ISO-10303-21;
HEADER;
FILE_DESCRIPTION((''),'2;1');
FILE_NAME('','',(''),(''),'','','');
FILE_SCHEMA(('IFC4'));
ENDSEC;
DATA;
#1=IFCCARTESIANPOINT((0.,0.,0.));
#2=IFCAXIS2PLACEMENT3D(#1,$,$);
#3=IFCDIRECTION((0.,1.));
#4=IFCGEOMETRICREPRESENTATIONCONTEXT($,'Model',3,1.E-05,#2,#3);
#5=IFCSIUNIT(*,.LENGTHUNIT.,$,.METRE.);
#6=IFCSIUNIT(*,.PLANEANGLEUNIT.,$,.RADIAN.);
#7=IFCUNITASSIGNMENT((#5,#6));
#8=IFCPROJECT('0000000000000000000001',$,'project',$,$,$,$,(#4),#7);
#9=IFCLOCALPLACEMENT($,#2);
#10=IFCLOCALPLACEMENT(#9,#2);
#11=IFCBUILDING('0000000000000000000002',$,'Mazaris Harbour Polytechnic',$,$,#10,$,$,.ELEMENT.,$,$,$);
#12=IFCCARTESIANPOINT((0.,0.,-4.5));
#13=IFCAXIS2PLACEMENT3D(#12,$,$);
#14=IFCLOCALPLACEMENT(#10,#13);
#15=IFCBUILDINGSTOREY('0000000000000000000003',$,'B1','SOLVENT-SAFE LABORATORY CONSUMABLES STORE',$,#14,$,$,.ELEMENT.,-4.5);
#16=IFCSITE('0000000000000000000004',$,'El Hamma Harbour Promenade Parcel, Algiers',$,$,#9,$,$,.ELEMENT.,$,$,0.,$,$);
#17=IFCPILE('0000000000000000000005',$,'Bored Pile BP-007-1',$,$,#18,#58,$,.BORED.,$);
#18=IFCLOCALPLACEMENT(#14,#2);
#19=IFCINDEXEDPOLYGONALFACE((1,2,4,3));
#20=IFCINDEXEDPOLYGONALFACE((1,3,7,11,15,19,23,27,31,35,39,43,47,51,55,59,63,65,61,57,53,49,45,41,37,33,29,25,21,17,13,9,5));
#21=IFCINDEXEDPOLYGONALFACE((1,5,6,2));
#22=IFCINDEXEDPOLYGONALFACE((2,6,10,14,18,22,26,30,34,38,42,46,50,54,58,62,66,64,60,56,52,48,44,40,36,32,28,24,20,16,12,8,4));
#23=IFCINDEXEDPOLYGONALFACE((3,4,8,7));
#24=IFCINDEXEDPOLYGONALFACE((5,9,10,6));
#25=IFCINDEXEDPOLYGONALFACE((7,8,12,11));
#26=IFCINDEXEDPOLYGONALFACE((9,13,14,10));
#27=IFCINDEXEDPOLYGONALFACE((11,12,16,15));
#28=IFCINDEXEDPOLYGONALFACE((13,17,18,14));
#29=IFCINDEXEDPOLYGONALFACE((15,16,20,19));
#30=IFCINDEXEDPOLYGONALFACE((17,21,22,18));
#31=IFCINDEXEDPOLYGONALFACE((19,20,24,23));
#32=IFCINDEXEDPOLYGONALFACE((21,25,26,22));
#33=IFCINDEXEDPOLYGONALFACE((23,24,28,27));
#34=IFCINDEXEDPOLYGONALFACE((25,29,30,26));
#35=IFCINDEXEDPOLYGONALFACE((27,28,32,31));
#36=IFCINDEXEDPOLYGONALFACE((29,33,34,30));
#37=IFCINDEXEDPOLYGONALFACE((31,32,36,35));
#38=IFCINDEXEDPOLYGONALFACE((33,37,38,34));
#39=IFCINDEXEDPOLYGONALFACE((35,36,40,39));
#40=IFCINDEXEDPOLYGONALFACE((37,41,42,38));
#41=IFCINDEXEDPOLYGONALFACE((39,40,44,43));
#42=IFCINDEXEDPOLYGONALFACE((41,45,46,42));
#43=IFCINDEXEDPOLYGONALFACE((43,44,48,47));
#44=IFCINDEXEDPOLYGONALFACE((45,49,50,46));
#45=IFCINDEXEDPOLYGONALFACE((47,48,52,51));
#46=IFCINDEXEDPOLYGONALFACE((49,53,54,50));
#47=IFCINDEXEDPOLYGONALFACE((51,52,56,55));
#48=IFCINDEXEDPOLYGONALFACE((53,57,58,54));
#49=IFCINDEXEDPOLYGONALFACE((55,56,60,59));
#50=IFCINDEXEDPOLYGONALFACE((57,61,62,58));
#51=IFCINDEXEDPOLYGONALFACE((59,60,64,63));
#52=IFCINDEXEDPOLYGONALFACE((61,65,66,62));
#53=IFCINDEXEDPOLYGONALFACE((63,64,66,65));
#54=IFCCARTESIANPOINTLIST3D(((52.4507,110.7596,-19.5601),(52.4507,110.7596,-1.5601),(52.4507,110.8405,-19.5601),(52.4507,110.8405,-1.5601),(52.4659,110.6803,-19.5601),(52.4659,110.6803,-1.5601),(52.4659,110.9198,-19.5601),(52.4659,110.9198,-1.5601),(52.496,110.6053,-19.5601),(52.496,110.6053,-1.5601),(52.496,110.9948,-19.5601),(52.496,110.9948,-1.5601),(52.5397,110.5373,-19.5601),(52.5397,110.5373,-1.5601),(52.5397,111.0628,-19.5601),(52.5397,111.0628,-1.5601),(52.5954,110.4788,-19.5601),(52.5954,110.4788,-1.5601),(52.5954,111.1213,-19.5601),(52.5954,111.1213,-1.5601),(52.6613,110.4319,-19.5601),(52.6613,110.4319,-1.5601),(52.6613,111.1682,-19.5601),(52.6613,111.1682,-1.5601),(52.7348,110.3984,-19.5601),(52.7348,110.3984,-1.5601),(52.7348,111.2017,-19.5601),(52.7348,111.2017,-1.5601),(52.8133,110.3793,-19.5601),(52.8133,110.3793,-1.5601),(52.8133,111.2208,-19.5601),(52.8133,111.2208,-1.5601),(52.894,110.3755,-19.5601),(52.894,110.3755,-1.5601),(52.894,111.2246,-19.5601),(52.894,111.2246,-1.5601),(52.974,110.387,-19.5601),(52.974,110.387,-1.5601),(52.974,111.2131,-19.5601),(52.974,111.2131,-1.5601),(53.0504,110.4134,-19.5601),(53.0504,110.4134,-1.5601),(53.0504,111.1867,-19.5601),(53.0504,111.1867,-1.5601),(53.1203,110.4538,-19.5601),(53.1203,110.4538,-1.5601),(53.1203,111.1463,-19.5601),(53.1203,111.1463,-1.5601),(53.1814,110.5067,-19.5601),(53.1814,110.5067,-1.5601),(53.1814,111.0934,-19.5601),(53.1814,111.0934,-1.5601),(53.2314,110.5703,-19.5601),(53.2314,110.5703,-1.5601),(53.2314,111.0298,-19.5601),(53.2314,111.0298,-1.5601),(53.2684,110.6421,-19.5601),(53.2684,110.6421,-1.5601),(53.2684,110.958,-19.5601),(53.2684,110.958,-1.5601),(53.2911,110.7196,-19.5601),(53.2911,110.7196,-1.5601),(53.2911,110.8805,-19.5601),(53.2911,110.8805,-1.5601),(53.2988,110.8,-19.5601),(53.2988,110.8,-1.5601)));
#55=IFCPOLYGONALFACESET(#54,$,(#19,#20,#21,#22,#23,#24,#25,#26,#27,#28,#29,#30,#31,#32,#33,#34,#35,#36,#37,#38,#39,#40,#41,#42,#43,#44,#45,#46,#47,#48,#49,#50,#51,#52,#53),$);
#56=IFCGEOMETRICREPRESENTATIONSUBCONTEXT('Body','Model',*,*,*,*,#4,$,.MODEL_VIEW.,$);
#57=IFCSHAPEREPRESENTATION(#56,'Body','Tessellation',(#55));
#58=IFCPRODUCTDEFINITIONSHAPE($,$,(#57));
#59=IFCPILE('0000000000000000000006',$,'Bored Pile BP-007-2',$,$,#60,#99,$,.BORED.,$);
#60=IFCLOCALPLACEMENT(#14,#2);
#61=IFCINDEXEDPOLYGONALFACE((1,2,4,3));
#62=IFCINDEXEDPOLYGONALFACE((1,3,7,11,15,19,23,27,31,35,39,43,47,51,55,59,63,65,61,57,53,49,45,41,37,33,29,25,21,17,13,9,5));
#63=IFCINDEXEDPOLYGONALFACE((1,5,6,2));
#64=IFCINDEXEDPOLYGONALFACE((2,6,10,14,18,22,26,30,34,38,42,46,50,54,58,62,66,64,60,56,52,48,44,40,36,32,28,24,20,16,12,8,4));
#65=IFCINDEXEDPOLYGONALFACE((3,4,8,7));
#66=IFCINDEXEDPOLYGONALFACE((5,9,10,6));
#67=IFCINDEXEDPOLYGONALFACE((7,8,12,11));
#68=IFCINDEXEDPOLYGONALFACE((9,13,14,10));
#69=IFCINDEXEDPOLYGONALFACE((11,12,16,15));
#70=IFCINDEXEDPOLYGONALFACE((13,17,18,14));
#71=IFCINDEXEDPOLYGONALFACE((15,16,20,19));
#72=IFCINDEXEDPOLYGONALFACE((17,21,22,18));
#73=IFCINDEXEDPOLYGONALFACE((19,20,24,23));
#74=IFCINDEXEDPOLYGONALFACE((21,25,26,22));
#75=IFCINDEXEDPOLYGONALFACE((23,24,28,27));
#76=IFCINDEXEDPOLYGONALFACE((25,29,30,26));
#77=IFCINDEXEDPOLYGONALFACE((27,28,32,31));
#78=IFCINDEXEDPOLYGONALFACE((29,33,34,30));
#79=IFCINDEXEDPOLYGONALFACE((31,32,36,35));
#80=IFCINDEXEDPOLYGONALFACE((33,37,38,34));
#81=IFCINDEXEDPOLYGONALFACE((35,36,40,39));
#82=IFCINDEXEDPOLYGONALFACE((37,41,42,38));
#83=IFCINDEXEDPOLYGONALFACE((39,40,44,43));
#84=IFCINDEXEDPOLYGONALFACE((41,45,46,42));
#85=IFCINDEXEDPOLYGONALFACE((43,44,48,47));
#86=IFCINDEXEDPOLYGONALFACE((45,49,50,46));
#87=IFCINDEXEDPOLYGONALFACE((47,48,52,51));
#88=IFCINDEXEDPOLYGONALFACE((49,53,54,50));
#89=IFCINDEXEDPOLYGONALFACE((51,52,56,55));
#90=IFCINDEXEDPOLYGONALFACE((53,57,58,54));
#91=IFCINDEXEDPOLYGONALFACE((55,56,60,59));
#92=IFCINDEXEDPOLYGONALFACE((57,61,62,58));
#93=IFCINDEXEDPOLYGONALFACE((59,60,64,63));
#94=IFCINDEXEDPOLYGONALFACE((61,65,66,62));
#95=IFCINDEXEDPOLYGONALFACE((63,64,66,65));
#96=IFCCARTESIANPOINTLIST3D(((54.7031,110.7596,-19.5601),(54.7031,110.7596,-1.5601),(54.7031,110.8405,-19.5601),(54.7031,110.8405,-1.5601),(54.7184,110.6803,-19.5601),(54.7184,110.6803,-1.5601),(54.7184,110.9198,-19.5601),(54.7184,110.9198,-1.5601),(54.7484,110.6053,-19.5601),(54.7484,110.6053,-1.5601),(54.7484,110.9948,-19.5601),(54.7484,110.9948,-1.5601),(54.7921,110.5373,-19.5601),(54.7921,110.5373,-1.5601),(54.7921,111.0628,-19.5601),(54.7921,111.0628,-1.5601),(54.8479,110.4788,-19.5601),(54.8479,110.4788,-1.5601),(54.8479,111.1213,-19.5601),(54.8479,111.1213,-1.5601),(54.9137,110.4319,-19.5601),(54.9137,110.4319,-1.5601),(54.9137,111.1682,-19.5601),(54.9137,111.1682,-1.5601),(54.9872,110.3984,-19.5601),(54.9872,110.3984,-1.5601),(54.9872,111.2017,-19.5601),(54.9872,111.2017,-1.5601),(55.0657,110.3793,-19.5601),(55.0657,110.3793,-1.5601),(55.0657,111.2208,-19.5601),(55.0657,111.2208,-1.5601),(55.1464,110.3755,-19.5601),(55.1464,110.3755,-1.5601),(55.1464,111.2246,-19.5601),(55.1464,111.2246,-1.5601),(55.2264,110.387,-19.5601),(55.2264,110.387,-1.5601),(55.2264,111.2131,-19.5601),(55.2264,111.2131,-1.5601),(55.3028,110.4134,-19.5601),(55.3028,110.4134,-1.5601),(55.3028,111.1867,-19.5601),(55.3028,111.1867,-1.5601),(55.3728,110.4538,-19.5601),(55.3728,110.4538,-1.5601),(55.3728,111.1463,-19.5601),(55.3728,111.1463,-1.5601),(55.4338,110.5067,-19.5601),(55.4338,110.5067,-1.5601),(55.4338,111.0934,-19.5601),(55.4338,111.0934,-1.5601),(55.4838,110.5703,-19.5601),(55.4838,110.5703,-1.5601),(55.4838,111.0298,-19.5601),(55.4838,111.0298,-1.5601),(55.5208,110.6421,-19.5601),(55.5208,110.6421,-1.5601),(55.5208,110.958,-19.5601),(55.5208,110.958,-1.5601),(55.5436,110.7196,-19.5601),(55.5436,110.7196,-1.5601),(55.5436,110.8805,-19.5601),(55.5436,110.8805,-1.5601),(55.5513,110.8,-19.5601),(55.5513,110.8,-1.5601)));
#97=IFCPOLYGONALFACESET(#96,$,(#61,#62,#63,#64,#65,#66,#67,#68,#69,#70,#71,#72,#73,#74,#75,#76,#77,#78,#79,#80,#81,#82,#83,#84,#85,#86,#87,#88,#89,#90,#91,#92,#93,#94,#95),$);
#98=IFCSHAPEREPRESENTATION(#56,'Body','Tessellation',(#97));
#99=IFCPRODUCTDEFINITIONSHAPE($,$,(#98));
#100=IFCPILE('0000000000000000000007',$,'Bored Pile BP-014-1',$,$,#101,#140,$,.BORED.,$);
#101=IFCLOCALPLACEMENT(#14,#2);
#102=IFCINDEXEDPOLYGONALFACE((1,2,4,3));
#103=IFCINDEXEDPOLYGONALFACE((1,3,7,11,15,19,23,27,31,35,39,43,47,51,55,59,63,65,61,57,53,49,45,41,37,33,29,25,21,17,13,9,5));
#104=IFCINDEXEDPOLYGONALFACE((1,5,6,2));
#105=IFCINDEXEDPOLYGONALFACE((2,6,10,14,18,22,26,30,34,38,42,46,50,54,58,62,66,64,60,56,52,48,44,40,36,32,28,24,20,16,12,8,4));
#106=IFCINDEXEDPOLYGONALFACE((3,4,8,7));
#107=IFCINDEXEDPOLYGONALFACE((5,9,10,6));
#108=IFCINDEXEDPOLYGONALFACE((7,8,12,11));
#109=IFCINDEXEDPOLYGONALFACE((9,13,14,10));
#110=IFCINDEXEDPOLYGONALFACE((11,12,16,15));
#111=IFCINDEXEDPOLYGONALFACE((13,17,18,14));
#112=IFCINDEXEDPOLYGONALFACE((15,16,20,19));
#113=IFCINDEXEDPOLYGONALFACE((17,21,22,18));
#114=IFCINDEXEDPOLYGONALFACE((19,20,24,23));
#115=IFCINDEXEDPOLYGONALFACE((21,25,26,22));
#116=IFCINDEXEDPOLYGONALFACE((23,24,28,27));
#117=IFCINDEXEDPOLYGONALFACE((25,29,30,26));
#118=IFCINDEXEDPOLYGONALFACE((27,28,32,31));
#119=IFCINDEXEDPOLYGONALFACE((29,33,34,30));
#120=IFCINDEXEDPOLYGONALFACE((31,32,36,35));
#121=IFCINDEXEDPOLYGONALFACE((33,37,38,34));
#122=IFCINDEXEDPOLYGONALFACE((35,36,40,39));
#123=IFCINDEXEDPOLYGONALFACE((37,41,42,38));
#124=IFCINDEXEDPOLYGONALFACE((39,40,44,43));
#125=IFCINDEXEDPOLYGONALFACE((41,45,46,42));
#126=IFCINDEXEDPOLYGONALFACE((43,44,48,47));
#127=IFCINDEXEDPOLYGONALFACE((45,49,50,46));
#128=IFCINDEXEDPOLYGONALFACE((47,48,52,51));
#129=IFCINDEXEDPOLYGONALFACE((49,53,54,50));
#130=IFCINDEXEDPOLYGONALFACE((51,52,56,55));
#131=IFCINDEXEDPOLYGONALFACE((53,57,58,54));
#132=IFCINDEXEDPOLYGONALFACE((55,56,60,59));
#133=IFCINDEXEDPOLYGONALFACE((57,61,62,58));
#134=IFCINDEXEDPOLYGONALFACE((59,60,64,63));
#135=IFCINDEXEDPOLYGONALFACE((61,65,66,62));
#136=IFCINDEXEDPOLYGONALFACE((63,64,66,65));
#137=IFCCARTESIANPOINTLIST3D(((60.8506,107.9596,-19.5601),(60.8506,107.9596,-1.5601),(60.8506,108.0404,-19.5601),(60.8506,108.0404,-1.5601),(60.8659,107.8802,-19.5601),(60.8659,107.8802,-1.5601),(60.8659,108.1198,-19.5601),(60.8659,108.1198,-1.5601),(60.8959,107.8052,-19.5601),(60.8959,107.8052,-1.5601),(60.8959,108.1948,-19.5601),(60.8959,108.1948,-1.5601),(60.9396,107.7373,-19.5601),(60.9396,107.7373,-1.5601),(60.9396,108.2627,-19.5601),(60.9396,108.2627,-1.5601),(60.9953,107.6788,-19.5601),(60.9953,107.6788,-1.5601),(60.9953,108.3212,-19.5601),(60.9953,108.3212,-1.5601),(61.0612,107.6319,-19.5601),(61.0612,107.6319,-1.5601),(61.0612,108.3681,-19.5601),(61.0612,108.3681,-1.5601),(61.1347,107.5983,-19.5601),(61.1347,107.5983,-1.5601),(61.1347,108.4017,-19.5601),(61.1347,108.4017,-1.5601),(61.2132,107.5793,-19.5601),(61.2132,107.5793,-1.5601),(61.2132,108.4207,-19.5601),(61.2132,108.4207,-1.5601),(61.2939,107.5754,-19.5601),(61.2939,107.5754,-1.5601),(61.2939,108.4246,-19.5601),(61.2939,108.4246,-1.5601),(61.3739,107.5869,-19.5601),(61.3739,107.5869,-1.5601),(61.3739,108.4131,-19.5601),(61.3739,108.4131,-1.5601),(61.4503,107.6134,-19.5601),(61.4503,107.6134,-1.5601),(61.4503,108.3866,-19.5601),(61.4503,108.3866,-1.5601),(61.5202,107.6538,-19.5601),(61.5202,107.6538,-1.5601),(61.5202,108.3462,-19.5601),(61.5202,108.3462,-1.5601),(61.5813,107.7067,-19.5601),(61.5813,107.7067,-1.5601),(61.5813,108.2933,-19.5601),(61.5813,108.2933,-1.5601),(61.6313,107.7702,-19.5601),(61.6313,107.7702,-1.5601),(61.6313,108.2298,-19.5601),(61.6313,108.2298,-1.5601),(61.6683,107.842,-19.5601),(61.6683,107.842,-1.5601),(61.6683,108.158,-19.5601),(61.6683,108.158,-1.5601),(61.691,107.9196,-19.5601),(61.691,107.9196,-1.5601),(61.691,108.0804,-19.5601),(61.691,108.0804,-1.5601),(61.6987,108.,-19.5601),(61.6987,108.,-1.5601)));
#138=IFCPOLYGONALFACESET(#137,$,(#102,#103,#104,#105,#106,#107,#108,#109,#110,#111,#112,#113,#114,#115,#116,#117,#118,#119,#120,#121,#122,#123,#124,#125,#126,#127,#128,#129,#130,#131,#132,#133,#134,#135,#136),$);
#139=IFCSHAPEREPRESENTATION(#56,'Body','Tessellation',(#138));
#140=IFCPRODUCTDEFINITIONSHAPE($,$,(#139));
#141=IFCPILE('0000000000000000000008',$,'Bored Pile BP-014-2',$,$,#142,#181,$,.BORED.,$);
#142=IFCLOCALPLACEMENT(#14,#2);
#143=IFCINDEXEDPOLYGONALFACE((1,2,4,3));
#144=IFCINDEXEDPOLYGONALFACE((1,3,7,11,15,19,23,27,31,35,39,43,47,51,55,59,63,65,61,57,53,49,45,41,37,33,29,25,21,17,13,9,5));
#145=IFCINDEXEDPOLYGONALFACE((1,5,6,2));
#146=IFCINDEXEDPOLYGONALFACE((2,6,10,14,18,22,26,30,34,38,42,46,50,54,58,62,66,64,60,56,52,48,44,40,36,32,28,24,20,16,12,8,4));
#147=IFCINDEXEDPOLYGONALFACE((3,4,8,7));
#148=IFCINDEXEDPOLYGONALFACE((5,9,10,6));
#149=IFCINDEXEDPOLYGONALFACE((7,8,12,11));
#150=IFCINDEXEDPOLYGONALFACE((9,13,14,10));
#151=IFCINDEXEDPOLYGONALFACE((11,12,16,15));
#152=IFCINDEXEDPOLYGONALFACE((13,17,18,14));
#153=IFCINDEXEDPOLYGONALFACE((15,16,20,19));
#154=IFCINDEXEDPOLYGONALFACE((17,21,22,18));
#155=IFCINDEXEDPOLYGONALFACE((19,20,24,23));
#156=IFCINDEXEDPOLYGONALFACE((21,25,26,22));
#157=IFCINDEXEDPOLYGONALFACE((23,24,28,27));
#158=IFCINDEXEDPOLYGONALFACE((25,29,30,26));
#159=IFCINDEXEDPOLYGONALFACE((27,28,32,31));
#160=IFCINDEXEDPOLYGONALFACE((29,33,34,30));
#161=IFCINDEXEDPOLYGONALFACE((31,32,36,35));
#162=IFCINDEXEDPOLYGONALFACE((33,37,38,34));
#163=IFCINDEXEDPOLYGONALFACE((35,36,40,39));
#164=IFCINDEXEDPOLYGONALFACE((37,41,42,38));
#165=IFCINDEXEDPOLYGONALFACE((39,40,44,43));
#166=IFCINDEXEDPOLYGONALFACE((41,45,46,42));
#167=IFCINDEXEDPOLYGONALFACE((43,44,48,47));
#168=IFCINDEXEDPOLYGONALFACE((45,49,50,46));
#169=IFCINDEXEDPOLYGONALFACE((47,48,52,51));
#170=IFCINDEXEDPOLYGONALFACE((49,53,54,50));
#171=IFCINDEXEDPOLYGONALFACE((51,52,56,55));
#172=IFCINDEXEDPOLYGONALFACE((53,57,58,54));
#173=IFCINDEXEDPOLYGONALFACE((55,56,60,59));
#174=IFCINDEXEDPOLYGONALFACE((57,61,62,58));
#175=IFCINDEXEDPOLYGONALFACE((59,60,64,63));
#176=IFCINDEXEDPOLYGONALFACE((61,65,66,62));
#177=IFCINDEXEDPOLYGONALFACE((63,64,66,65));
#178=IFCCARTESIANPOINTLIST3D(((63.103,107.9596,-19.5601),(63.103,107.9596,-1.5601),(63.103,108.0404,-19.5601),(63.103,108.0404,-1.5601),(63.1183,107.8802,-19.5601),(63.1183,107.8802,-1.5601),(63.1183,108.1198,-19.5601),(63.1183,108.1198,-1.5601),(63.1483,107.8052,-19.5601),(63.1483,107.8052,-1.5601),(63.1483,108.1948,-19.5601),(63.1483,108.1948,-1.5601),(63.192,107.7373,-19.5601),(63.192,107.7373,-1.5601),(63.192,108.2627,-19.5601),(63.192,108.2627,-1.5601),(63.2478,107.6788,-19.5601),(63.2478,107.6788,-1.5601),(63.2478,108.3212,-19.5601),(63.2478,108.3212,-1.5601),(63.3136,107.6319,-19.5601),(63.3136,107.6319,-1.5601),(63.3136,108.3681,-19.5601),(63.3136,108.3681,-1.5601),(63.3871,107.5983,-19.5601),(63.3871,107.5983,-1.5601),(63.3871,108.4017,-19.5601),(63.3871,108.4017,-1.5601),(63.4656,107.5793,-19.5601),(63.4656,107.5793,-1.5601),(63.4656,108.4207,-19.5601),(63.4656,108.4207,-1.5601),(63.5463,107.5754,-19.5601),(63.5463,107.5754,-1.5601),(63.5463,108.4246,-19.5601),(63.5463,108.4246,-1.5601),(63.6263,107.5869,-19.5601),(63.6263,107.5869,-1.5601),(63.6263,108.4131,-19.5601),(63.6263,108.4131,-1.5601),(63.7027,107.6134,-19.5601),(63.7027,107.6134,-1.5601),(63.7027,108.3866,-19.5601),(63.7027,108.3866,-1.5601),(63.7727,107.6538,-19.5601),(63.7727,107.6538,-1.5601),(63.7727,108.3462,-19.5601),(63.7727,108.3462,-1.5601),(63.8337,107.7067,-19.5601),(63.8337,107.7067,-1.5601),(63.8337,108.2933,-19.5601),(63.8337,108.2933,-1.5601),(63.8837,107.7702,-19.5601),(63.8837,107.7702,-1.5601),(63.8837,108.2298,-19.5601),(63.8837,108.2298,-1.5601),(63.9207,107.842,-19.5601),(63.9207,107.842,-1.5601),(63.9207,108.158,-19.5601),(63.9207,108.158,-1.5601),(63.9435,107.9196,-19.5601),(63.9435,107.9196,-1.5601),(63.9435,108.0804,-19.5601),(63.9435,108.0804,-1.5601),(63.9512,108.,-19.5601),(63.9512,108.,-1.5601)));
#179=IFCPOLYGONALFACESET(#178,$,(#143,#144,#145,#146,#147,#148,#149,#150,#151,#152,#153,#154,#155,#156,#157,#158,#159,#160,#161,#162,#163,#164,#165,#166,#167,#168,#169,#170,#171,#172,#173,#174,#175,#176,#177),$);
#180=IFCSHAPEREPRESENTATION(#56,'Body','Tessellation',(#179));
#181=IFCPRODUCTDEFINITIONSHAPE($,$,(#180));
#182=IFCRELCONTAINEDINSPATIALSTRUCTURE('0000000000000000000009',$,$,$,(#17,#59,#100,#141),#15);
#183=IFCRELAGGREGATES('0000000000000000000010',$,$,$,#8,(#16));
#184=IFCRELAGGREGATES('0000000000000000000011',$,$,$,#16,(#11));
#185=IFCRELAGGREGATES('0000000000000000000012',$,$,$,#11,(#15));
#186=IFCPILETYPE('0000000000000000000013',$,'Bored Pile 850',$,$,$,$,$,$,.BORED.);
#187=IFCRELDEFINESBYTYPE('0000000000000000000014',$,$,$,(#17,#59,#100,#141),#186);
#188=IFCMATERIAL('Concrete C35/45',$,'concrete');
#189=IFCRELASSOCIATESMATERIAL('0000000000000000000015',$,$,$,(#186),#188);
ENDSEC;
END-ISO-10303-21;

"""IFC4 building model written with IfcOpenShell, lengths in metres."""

from ifc_helpers import new_model, si_unit, direction, frame, origin, origin_2d, place, context, subcontext, project, spatial, circle, extrude, material, material_profile, profile_set, type_object, element, save


model = new_model("IFC4")

# Units and contexts
model_context = context("Model", 3, precision=1e-05, world=origin(), true_north=direction((0.0, 1.0)))
body_context = subcontext(model_context, "Body", "Model", "MODEL_VIEW")
ifc_project = project(units=[si_unit("LENGTHUNIT", "METRE"), si_unit("PLANEANGLEUNIT", "RADIAN")], contexts=[model_context])

# Site, building, storey
site_placement = place(None, origin())
site = spatial("IfcSite", under=ifc_project, at=site_placement, Name="El Hamma Harbour Promenade Parcel, Algiers", CompositionType="ELEMENT", RefElevation=0.0)
building_placement = place(site_placement, origin())
building = spatial("IfcBuilding", under=site, at=building_placement, Name="Mazaris Harbour Polytechnic", CompositionType="ELEMENT")
storey_placement = place(building_placement, frame((0.0, 0.0, -4.5)))
storey = spatial("IfcBuildingStorey", under=building, at=storey_placement, Name="B1", Description="SOLVENT-SAFE LABORATORY CONSUMABLES STORE", CompositionType="ELEMENT", Elevation=-4.5)

# Piles
ifc_material_1 = material(Name="Concrete C35/45", Category="concrete")
ifc_material_profile_1 = material_profile(ifc_material_1, circle(Radius=0.425, at=origin_2d()), Name="DIA850")
ifc_profile_set_1 = profile_set([ifc_material_profile_1], Name="Concrete C35/45")
pile_type_1 = type_object("IfcPileType", Name="Bored Pile 850", PredefinedType="BORED", material=ifc_profile_set_1)
for number, where, z_axis, x_axis, name in (
    (1, (52.8738, 110.8, -1.5601), (0.0, 0.0, -1.0), (1.0, 0.0, 0.0), "Bored Pile BP-007-1"),
    (2, (55.1262, 110.8, -1.5601), (0.0, 0.0, -1.0), (1.0, 0.0, 0.0), "Bored Pile BP-007-2"),
    (3, (61.2737, 108.0, -1.5601), (0.0, 0.0, -1.0), (1.0, 0.0, 0.0), "Bored Pile BP-014-1"),
    (4, (63.5261, 108.0, -1.5601), (0.0, 0.0, -1.0), (1.0, 0.0, 0.0), "Bored Pile BP-014-2"),
):
    element("IfcPile", number, at=place(storey_placement, frame(where, z_axis=z_axis, x_axis=x_axis)), inside=storey, type_object=pile_type_1, Name=name, PredefinedType="BORED", context=body_context, shape_type="SweptSolid", body=[
        extrude(circle(Radius=0.425, at=origin_2d()), origin(), (0.0, 0.0, 1.0), 18.0),
    ])

save(model, "model.ifc")
